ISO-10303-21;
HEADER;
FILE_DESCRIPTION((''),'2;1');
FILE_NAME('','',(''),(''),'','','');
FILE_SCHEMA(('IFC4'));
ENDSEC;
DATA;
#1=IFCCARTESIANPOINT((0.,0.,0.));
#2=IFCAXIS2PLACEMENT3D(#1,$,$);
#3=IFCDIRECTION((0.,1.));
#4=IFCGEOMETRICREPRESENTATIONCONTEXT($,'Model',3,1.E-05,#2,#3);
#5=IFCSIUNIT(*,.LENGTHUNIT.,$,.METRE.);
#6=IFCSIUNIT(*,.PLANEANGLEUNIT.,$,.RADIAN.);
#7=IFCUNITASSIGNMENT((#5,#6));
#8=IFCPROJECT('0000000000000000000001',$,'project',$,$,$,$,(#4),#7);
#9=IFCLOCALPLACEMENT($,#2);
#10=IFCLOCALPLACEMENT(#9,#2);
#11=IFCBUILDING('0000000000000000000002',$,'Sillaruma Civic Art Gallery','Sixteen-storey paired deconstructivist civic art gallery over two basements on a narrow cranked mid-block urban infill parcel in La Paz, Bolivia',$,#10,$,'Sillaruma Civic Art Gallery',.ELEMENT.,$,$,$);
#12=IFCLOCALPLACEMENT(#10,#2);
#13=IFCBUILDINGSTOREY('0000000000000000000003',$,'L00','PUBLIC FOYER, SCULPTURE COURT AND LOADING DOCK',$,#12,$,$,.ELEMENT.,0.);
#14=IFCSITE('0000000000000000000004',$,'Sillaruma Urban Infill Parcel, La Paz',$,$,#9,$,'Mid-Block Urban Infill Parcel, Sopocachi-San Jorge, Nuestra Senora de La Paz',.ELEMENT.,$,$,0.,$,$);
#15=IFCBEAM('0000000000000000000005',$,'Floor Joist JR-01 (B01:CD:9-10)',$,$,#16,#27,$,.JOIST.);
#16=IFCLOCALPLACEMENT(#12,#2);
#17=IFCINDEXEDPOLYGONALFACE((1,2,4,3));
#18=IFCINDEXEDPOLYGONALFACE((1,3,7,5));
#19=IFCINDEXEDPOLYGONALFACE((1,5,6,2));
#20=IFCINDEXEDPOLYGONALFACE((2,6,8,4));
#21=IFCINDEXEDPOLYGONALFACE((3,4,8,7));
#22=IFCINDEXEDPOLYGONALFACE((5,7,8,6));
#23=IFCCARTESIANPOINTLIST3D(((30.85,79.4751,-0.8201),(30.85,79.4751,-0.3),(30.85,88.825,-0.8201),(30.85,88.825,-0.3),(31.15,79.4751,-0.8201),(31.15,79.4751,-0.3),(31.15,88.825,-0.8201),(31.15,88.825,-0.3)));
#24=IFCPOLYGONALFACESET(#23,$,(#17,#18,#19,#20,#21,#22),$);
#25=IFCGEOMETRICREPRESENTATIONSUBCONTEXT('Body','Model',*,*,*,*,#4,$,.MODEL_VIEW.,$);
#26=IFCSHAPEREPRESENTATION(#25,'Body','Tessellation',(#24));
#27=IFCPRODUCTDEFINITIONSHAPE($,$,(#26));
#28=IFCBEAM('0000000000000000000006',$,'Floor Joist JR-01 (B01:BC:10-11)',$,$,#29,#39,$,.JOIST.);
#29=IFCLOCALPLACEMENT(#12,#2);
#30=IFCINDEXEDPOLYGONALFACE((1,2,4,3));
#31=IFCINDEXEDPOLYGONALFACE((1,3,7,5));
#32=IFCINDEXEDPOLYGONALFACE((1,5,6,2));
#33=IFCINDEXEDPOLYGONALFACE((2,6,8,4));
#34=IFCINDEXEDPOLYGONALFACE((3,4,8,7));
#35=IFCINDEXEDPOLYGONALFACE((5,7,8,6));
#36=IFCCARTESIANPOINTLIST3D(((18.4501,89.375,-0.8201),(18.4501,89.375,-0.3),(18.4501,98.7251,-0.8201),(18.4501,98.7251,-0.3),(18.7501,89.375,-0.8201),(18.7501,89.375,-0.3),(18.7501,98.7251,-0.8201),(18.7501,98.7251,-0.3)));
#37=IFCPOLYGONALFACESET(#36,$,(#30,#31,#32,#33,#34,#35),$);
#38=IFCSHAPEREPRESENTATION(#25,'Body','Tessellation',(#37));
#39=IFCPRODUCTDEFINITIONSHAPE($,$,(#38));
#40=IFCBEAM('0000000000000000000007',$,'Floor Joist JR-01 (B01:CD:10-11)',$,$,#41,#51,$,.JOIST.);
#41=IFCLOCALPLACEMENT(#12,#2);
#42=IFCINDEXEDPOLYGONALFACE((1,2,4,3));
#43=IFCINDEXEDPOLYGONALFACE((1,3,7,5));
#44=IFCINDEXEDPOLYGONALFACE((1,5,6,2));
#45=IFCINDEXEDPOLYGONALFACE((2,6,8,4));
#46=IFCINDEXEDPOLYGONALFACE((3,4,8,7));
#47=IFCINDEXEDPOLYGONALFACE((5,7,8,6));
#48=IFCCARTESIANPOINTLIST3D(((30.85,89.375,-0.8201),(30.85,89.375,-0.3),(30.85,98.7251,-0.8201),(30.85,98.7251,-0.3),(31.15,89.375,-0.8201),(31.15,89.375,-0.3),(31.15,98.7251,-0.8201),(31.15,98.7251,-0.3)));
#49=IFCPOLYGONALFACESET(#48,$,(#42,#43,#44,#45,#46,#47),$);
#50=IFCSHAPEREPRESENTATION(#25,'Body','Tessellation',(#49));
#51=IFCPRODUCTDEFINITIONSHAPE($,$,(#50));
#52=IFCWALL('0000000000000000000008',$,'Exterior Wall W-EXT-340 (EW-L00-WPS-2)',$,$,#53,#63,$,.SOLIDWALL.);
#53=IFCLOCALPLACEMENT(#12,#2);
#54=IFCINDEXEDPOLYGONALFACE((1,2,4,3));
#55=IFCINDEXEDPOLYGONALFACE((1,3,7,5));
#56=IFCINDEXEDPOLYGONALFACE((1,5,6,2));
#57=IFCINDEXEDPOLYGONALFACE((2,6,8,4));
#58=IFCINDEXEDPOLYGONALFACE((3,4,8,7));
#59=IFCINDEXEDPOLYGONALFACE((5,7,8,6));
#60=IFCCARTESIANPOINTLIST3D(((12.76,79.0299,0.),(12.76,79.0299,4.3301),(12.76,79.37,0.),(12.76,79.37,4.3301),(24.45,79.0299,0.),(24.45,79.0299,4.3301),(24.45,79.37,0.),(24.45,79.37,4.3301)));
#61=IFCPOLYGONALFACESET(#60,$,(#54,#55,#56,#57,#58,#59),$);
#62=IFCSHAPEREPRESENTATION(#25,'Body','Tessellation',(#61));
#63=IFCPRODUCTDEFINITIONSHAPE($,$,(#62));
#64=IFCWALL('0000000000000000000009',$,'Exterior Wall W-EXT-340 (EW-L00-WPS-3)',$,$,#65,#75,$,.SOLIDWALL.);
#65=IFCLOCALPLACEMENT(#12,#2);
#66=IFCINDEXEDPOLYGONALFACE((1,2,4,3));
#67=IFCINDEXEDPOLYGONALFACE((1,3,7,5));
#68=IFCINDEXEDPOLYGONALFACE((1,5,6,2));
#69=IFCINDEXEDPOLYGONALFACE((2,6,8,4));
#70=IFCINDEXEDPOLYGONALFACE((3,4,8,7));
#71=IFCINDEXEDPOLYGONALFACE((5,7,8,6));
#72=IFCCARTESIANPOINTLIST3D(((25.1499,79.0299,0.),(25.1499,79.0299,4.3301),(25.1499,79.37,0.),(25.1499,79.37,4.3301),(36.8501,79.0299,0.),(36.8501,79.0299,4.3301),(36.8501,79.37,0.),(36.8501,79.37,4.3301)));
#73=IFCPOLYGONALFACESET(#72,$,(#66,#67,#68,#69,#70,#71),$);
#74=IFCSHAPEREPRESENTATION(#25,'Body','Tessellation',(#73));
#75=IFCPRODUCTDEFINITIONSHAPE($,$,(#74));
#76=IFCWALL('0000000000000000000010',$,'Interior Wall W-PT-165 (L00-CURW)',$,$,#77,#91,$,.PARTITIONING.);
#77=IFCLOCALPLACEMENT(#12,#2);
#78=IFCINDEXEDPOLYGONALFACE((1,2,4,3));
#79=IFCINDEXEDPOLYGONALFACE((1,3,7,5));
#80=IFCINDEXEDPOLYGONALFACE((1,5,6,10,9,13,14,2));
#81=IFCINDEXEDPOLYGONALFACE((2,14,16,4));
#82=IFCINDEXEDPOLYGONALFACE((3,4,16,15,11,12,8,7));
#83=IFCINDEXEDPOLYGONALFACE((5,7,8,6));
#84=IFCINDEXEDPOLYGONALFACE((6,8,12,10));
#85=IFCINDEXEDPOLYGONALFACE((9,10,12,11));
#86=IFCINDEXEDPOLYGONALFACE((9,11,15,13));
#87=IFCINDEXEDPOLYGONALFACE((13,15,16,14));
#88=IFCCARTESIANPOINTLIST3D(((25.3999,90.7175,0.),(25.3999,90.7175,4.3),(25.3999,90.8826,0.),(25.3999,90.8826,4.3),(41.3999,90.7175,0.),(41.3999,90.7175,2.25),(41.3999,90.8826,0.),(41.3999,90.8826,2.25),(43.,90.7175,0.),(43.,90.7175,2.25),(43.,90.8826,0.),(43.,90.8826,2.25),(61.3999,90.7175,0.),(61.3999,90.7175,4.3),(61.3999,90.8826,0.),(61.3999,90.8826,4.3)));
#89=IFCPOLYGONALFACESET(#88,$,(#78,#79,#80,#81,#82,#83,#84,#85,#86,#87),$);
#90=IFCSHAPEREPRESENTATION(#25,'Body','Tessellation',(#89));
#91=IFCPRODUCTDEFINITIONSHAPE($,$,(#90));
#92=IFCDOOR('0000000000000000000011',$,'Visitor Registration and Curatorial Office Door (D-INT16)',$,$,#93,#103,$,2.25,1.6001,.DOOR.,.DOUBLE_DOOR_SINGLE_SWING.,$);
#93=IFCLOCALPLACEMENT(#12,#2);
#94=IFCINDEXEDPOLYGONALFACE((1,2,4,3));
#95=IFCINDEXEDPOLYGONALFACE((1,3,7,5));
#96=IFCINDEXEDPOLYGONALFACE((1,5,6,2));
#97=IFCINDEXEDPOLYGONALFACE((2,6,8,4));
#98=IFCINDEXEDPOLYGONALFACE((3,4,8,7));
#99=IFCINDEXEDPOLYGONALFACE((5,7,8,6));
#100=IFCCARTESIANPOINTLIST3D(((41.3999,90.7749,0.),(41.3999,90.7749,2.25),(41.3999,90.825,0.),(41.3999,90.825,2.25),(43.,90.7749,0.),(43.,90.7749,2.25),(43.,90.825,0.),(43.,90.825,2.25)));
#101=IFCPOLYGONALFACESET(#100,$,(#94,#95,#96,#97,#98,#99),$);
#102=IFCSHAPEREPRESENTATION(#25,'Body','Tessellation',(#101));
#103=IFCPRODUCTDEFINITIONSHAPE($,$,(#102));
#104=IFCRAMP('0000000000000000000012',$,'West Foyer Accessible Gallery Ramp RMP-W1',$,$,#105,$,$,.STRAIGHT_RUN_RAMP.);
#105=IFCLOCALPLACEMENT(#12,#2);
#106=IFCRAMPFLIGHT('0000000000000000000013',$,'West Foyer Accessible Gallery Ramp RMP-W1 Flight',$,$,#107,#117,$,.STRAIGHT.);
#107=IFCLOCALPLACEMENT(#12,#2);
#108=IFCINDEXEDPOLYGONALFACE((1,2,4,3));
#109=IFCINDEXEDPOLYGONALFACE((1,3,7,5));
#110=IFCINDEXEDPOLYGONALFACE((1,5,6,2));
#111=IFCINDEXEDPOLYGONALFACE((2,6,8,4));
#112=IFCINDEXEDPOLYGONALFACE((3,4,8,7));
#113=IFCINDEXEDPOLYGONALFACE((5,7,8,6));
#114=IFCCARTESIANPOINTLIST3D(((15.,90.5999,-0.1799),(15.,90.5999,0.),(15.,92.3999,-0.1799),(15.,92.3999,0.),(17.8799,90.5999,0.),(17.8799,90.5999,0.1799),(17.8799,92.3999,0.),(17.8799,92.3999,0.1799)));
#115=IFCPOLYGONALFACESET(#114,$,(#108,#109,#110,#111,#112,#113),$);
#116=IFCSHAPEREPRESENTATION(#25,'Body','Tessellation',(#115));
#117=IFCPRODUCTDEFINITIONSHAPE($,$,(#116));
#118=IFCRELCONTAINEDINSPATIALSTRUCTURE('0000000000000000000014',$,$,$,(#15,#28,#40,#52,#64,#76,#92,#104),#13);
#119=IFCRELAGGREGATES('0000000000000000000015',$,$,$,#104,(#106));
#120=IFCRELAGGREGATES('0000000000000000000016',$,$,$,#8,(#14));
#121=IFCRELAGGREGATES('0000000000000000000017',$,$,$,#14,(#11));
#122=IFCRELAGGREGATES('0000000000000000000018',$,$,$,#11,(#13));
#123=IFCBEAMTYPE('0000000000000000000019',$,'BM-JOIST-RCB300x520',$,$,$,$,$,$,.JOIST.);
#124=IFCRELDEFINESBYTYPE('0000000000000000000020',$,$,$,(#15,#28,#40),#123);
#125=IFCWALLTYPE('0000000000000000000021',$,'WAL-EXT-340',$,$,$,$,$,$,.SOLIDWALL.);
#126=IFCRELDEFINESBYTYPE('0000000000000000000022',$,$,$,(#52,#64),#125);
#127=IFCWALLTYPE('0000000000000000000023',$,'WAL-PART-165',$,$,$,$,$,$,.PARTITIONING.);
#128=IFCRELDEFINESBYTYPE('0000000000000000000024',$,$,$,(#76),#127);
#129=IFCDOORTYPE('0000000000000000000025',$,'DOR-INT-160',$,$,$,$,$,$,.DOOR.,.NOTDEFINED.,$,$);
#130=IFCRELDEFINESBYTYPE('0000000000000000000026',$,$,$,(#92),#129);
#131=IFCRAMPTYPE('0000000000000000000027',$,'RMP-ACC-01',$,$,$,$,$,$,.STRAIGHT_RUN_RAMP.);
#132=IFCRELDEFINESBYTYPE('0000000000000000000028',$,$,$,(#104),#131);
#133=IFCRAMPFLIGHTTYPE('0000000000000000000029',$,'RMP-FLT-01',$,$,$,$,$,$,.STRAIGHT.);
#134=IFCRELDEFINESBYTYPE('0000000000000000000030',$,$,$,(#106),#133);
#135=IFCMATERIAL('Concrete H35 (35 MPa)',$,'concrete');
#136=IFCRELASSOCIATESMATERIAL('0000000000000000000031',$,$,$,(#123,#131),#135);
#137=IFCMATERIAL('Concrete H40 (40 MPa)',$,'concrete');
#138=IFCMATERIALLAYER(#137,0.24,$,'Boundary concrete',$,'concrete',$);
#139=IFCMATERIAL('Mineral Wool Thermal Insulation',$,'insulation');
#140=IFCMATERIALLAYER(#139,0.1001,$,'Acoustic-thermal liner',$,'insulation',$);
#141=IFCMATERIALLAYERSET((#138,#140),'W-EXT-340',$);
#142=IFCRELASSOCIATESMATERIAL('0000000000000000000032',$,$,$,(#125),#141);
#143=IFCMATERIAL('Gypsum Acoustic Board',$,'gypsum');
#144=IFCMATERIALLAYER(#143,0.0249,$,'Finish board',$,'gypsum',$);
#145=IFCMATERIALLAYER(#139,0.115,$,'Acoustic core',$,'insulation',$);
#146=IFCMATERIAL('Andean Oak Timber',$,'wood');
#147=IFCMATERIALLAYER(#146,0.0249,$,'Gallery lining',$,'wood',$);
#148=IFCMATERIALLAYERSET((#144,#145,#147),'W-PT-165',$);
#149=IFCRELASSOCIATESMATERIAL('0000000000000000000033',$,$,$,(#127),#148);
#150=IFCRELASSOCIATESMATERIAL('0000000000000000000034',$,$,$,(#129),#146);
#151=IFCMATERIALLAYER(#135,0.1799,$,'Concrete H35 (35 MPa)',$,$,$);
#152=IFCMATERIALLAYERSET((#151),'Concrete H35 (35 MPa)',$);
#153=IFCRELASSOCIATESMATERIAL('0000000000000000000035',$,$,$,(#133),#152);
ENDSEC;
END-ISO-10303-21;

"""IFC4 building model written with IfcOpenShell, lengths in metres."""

from ifc_helpers import new_model, si_unit, direction, frame, frame_2d, origin, origin_2d, place, context, subcontext, project, spatial, polyline, rectangle, outline, extrude, material, layer, layer_set, material_profile, profile_set, type_object, element, fill, aggregate, save


model = new_model("IFC4")

# Units and contexts
model_context = context("Model", 3, precision=1e-05, world=origin(), true_north=direction((0.0, 1.0)))
body_context = subcontext(model_context, "Body", "Model", "MODEL_VIEW")
ifc_project = project(units=[si_unit("LENGTHUNIT", "METRE"), si_unit("PLANEANGLEUNIT", "RADIAN")], contexts=[model_context])

# Site, building, storey
site_placement = place(None, origin())
site = spatial("IfcSite", under=ifc_project, at=site_placement, Name="Sillaruma Urban Infill Parcel, La Paz", LongName="Mid-Block Urban Infill Parcel, Sopocachi-San Jorge, Nuestra Senora de La Paz", CompositionType="ELEMENT", RefElevation=0.0)
building_placement = place(site_placement, origin())
building = spatial("IfcBuilding", under=site, at=building_placement, Name="Sillaruma Civic Art Gallery", Description="Sixteen-storey paired deconstructivist civic art gallery over two basements on a narrow cranked mid-block urban infill parcel in La Paz, Bolivia", LongName="Sillaruma Civic Art Gallery", CompositionType="ELEMENT")
storey_placement = place(building_placement, origin())
storey = spatial("IfcBuildingStorey", under=building, at=storey_placement, Name="L00", Description="PUBLIC FOYER, SCULPTURE COURT AND LOADING DOCK", CompositionType="ELEMENT", Elevation=0.0)

# Shared definitions
ifc_material_1 = material(Name="Concrete H40 (40 MPa)", Category="concrete")

# Beams
ifc_material_2 = material(Name="Concrete H35 (35 MPa)", Category="concrete")
ifc_material_profile_1 = material_profile(ifc_material_2, rectangle(XDim=0.3, YDim=0.52, at=origin_2d()), Name="RCB300x520")
ifc_profile_set_1 = profile_set([ifc_material_profile_1], Name="Concrete H35 (35 MPa)")
beam_type_1 = type_object("IfcBeamType", Name="BM-JOIST-RCB300x520", PredefinedType="JOIST", material=ifc_profile_set_1)
for number, where, z_axis, x_axis, name in (
    (1, (31.0, 79.4751, -0.5601), (0.0, 1.0, 0.0), (-1.0, 0.0, 0.0), "Floor Joist JR-01 (B01:CD:9-10)"),
):
    element("IfcBeam", number, at=place(storey_placement, frame(where, z_axis=z_axis, x_axis=x_axis)), inside=storey, type_object=beam_type_1, Name=name, PredefinedType="JOIST", context=body_context, shape_type="SweptSolid", body=[
        extrude(rectangle(XDim=0.3, YDim=0.52, at=origin_2d()), origin(), (0.0, 0.0, 1.0), 9.3499),
    ])
for number, where, z_axis, x_axis, name in (
    (2, (18.6001, 89.375, -0.5601), (0.0, 1.0, 0.0), (-1.0, 0.0, 0.0), "Floor Joist JR-01 (B01:BC:10-11)"),
    (3, (31.0, 89.375, -0.5601), (0.0, 1.0, 0.0), (-1.0, 0.0, 0.0), "Floor Joist JR-01 (B01:CD:10-11)"),
):
    element("IfcBeam", number, at=place(storey_placement, frame(where, z_axis=z_axis, x_axis=x_axis)), inside=storey, type_object=beam_type_1, Name=name, PredefinedType="JOIST", context=body_context, shape_type="SweptSolid", body=[
        extrude(rectangle(XDim=0.3, YDim=0.52, at=origin_2d()), origin(), (0.0, 0.0, 1.0), 9.3501),
    ])

# Walls
ifc_layer_1 = layer(ifc_material_1, 0.24, Name="Boundary concrete", Category="concrete")
ifc_material_3 = material(Name="Mineral Wool Thermal Insulation", Category="insulation")
ifc_layer_2 = layer(ifc_material_3, 0.1001, Name="Acoustic-thermal liner", Category="insulation")
ifc_layer_set_1 = layer_set([ifc_layer_1, ifc_layer_2], Name="W-EXT-340")
wall_type_1 = type_object("IfcWallType", Name="WAL-EXT-340", PredefinedType="SOLIDWALL", material=ifc_layer_set_1)
wall_1_placement = place(storey_placement, frame((12.76, 79.2, 0.0), z_axis=(0.0, 0.0, 1.0), x_axis=(1.0, 0.0, 0.0)))
element("IfcWall", 4, at=wall_1_placement, inside=storey, type_object=wall_type_1, Name="Exterior Wall W-EXT-340 (EW-L00-WPS-2)", PredefinedType="SOLIDWALL", context=body_context, shape_type="SweptSolid", body=[
    extrude(rectangle(XDim=11.6899, YDim=0.3401, at=frame_2d((5.845, 0.0))), origin(), (0.0, 0.0, 1.0), 4.3301),
])
wall_2_placement = place(storey_placement, frame((25.1499, 79.2, 0.0), z_axis=(0.0, 0.0, 1.0), x_axis=(1.0, 0.0, 0.0)))
element("IfcWall", 5, at=wall_2_placement, inside=storey, type_object=wall_type_1, Name="Exterior Wall W-EXT-340 (EW-L00-WPS-3)", PredefinedType="SOLIDWALL", context=body_context, shape_type="SweptSolid", body=[
    extrude(rectangle(XDim=11.7002, YDim=0.3401, at=frame_2d((5.8501, 0.0))), origin(), (0.0, 0.0, 1.0), 4.3301),
])

# Wall, opening, door
ifc_material_4 = material(Name="Gypsum Acoustic Board", Category="gypsum")
ifc_layer_3 = layer(ifc_material_4, 0.0249, Name="Finish board", Category="gypsum")
ifc_layer_4 = layer(ifc_material_3, 0.115, Name="Acoustic core", Category="insulation")
ifc_material_5 = material(Name="Andean Oak Timber", Category="wood")
ifc_layer_5 = layer(ifc_material_5, 0.0249, Name="Gallery lining", Category="wood")
ifc_layer_set_2 = layer_set([ifc_layer_3, ifc_layer_4, ifc_layer_5], Name="W-PT-165")
wall_type_2 = type_object("IfcWallType", Name="WAL-PART-165", PredefinedType="PARTITIONING", material=ifc_layer_set_2)
wall_3_placement = place(storey_placement, frame((25.3999, 90.8, 0.0), z_axis=(0.0, 0.0, 1.0), x_axis=(1.0, 0.0, 0.0)))
wall_3 = element("IfcWall", 6, at=wall_3_placement, inside=storey, type_object=wall_type_2, Name="Interior Wall W-PT-165 (L00-CURW)", PredefinedType="PARTITIONING", context=body_context, shape_type="SweptSolid", body=[
    extrude(rectangle(XDim=36.0, YDim=0.165, at=frame_2d((18.0, 0.0))), origin(), (0.0, 0.0, 1.0), 4.3),
])
opening_placement = place(wall_3_placement, frame((16.0, 0.0, 0.0)))
opening = element("IfcOpeningElement", 7, at=opening_placement, cuts=wall_3, PredefinedType="OPENING", context=body_context, shape_type="SweptSolid", body=[
    extrude(rectangle(XDim=1.6001, YDim=2.25, at=frame_2d((0.8, 1.125))), frame((0.0, 0.0925, 0.0), z_axis=(0.0, -1.0, 0.0), x_axis=(1.0, 0.0, 0.0)), (0.0, 0.0, 1.0), 0.1851),
])
door_type = type_object("IfcDoorType", Name="DOR-INT-160", OperationType="NOTDEFINED", PredefinedType="DOOR", material=ifc_material_5)
door_placement = place(opening_placement, origin())
door = element("IfcDoor", 8, at=door_placement, inside=storey, type_object=door_type, Name="Visitor Registration and Curatorial Office Door (D-INT16)", OperationType="DOUBLE_DOOR_SINGLE_SWING", OverallHeight=2.25, OverallWidth=1.6001, PredefinedType="DOOR", context=body_context, shape_type="SweptSolid", body=[
    extrude(rectangle(XDim=1.6001, YDim=2.25, at=frame_2d((0.8, 1.125))), frame((0.0, 0.0249, 0.0), z_axis=(0.0, -1.0, 0.0), x_axis=(1.0, 0.0, 0.0)), (0.0, 0.0, 1.0), 0.05),
])
fill(opening, door)

# Ramp, ramp flight
ramp_type = type_object("IfcRampType", Name="RMP-ACC-01", PredefinedType="STRAIGHT_RUN_RAMP", material=ifc_material_2)
ramp_placement = place(storey_placement, origin())
ramp = element("IfcRamp", 9, at=ramp_placement, inside=storey, type_object=ramp_type, Name="West Foyer Accessible Gallery Ramp RMP-W1", PredefinedType="STRAIGHT_RUN_RAMP")
ifc_layer_6 = layer(ifc_material_2, 0.1799, Name="Concrete H35 (35 MPa)")
ifc_layer_set_3 = layer_set([ifc_layer_6], Name="Concrete H35 (35 MPa)")
ramp_flight_type = type_object("IfcRampFlightType", Name="RMP-FLT-01", PredefinedType="STRAIGHT", material=ifc_layer_set_3)
ramp_flight_placement = place(storey_placement, frame((15.0, 91.5, 0.0), z_axis=(0.0, 0.0, 1.0), x_axis=(1.0, 0.0, 0.0)))
ramp_flight = element("IfcRampFlight", 10, at=ramp_flight_placement, type_object=ramp_flight_type, Name="West Foyer Accessible Gallery Ramp RMP-W1 Flight", PredefinedType="STRAIGHT", context=body_context, shape_type="SweptSolid", body=[
    extrude(outline(polyline([(0.0, 0.0), (2.8799, 0.1799), (2.8799, 0.0), (0.0, -0.1799), (0.0, 0.0)])), frame((0.0, 0.8999, 0.0), z_axis=(0.0, -1.0, 0.0), x_axis=(1.0, 0.0, 0.0)), (0.0, 0.0, 1.0), 1.8),
])
aggregate(ramp, [ramp_flight])

save(model, "model.ifc")
